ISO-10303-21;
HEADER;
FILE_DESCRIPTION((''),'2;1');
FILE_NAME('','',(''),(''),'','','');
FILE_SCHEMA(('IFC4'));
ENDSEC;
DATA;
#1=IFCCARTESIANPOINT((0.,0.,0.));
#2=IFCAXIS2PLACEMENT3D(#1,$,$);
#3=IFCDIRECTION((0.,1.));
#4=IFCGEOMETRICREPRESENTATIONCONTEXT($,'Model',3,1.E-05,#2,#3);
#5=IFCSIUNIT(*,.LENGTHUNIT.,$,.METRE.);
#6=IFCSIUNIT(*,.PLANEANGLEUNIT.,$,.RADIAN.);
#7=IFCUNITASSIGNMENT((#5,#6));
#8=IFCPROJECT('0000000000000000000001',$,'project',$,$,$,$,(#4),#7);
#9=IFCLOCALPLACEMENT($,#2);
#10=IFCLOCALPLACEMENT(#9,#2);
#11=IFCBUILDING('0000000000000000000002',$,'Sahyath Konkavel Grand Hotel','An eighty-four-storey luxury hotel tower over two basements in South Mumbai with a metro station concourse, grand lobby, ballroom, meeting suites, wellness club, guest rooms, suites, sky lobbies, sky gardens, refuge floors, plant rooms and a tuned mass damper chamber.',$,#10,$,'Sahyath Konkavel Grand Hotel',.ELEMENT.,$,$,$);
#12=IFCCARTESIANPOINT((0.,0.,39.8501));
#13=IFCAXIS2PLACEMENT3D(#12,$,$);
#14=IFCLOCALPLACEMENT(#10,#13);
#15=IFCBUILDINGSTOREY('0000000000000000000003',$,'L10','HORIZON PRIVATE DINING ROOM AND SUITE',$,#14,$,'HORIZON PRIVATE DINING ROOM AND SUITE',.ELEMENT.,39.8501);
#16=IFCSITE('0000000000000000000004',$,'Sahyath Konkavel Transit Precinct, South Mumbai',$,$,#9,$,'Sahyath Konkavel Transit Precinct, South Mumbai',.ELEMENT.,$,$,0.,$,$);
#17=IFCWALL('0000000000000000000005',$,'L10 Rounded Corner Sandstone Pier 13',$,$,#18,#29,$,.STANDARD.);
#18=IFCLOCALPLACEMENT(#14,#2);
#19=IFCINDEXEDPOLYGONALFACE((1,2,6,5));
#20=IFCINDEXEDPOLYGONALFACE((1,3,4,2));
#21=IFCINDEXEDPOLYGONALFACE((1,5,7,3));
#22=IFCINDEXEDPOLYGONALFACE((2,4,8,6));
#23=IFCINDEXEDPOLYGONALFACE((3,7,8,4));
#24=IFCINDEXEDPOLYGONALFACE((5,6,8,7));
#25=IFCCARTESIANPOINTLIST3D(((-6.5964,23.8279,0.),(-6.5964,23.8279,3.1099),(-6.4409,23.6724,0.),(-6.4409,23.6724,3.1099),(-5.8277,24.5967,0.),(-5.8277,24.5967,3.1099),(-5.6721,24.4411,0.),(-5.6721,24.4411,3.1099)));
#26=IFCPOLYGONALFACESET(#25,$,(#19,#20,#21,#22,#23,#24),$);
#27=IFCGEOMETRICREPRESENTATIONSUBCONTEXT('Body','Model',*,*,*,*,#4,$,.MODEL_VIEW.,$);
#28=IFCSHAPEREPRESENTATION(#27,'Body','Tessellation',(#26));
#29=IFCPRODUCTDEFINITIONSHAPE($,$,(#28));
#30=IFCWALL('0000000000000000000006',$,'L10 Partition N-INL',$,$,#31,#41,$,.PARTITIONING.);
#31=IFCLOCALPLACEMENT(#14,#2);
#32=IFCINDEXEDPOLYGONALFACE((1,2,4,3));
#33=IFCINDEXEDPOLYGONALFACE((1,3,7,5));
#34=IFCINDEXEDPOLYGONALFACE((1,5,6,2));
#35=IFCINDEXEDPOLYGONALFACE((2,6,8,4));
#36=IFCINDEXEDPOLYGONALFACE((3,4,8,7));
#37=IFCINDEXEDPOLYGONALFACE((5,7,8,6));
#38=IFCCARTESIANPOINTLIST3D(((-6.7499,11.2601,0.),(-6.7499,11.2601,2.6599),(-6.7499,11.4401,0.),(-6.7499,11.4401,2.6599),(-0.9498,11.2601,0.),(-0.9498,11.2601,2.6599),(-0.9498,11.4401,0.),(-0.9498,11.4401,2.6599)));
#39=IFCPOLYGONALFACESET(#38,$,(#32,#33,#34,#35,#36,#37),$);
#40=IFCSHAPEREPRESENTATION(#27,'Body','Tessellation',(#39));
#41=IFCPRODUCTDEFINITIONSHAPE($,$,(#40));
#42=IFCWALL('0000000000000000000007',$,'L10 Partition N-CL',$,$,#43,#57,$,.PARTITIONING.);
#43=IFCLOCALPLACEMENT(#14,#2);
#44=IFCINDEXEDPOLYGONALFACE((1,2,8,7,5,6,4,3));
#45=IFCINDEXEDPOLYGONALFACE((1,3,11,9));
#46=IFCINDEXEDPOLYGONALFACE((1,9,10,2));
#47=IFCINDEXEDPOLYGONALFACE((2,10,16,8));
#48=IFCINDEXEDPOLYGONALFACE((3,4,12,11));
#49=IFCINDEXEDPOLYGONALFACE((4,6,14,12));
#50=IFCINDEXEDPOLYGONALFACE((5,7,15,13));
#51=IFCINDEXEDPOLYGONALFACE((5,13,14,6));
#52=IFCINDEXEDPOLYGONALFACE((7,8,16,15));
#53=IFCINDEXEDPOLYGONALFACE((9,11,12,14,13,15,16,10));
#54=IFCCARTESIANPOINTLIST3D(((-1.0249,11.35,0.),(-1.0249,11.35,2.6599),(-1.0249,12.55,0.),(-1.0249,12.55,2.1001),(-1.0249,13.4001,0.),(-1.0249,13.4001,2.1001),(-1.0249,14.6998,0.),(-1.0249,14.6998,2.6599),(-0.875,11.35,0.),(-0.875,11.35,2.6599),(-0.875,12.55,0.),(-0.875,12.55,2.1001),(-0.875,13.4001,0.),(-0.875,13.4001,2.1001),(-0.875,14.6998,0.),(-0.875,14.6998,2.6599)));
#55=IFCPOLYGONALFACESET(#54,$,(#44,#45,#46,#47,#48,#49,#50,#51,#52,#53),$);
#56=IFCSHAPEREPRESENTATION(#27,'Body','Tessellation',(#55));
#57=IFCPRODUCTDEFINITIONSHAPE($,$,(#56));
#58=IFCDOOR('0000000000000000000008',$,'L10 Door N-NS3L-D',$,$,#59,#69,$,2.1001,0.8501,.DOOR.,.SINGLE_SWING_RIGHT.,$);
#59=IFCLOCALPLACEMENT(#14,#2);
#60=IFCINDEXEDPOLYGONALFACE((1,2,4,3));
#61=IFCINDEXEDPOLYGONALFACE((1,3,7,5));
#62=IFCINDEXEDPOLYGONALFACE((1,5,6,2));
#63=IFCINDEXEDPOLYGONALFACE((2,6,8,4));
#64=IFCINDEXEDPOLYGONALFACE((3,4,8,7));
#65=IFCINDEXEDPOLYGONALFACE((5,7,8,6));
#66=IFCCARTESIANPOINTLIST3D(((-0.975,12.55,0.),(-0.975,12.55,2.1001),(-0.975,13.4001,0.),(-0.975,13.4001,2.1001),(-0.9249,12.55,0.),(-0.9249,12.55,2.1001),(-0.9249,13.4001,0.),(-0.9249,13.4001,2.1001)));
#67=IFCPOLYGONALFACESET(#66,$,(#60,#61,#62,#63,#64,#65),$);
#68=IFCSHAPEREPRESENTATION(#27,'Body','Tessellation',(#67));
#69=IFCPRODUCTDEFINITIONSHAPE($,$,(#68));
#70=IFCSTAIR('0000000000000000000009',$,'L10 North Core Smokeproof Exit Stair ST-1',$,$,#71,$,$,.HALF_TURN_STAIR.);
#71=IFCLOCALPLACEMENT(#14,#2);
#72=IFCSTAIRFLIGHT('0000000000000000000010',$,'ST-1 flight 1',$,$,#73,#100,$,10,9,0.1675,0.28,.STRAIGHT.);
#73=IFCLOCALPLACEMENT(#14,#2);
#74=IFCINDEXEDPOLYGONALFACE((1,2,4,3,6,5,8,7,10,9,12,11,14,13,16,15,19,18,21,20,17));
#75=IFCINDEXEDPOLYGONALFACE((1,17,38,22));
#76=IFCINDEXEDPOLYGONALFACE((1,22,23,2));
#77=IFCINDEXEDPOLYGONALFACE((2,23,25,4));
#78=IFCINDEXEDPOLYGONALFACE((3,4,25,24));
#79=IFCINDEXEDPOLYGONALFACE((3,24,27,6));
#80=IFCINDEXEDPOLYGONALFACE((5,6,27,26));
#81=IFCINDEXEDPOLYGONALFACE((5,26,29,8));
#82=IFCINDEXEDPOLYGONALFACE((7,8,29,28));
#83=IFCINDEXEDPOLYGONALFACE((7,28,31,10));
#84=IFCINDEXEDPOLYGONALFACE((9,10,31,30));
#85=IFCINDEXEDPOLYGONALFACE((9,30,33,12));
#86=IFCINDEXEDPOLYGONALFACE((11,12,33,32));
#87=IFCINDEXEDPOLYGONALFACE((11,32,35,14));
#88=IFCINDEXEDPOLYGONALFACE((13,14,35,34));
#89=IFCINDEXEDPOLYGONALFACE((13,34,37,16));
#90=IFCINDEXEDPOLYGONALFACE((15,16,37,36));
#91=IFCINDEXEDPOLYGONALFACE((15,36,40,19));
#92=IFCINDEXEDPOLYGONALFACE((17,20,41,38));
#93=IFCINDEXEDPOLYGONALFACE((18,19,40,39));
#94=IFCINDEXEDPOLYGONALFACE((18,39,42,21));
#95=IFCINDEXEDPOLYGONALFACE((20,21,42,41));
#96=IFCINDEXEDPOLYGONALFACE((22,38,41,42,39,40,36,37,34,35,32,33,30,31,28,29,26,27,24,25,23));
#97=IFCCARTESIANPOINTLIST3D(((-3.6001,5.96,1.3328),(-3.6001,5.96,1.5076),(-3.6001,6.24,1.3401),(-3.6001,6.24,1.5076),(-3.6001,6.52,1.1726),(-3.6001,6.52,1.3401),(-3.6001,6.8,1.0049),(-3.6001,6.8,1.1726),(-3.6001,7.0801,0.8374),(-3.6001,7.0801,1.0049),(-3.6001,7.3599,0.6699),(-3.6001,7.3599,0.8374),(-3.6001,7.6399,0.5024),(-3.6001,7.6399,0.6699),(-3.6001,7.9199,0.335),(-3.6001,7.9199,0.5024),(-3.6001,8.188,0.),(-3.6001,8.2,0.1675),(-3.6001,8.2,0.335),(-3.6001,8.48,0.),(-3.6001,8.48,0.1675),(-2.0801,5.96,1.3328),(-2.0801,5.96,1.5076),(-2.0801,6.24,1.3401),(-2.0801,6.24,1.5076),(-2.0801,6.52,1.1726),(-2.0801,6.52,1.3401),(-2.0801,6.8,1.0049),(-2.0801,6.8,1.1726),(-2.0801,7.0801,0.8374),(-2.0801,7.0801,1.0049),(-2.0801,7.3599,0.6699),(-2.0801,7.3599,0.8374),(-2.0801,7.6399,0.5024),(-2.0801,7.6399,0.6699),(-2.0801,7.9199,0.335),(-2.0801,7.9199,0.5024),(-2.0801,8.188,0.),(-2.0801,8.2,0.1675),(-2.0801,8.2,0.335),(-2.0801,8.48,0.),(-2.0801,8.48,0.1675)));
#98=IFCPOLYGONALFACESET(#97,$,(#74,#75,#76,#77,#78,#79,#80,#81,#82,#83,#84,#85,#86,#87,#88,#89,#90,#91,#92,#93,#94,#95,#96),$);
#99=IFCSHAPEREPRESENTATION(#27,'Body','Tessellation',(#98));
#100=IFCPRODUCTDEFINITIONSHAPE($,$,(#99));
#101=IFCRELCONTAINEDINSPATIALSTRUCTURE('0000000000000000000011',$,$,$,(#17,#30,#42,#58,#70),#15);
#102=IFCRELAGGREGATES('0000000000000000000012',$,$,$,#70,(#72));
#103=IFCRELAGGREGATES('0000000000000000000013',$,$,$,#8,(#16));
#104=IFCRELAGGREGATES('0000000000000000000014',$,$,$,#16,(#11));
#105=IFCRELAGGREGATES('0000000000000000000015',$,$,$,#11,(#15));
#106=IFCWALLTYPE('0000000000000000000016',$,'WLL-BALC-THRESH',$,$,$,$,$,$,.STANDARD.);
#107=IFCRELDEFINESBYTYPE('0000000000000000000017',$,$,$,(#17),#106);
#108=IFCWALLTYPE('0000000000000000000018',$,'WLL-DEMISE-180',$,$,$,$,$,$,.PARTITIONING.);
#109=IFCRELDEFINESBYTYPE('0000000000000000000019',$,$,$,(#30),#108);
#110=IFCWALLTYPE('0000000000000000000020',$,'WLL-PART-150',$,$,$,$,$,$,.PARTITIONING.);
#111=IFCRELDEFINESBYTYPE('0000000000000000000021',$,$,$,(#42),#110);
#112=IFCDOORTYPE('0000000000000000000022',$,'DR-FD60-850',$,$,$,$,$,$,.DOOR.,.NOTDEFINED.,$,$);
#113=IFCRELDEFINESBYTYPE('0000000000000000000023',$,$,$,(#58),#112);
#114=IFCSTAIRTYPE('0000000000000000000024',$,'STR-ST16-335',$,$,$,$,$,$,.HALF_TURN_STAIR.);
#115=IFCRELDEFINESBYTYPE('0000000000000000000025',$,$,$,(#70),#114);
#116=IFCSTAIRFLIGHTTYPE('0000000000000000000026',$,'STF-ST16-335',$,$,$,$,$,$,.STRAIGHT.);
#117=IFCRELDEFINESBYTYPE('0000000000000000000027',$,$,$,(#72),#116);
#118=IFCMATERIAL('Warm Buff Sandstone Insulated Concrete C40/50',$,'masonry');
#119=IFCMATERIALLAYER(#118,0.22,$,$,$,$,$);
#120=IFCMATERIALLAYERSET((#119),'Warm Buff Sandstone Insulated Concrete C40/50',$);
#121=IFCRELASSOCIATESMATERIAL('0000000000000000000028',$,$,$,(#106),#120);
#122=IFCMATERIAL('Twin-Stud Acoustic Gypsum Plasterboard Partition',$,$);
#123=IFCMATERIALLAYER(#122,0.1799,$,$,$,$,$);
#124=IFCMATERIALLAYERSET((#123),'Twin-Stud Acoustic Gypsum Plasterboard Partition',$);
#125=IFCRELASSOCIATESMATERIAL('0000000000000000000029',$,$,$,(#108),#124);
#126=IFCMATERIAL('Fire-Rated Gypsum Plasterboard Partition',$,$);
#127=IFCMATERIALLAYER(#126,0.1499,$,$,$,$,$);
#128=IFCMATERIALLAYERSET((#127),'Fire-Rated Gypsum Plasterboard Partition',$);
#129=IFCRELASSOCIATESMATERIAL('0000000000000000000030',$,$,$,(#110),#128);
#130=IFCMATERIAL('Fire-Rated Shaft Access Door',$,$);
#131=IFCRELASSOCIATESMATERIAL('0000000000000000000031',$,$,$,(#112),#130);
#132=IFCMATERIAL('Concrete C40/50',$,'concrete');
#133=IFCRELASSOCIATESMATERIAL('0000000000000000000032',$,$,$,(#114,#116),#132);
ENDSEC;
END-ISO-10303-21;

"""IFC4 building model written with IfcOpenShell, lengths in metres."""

from ifc_helpers import new_model, si_unit, direction, frame, frame_2d, origin, origin_2d, place, context, subcontext, project, spatial, polyline, rectangle, outline, extrude, source, transform, mapped, material, layer, layer_set, type_object, element, fill, aggregate, save


model = new_model("IFC4")

# Units and contexts
model_context = context("Model", 3, precision=1e-05, world=origin(), true_north=direction((0.0, 1.0)))
body_context = subcontext(model_context, "Body", "Model", "MODEL_VIEW")
ifc_project = project(units=[si_unit("LENGTHUNIT", "METRE"), si_unit("PLANEANGLEUNIT", "RADIAN")], contexts=[model_context])

# Site, building, storey
site_placement = place(None, origin())
site = spatial("IfcSite", under=ifc_project, at=site_placement, Name="Sahyath Konkavel Transit Precinct, South Mumbai", LongName="Sahyath Konkavel Transit Precinct, South Mumbai", CompositionType="ELEMENT", RefElevation=0.0)
building_placement = place(site_placement, origin())
building = spatial("IfcBuilding", under=site, at=building_placement, Name="Sahyath Konkavel Grand Hotel", Description="An eighty-four-storey luxury hotel tower over two basements in South Mumbai with a metro station concourse, grand lobby, ballroom, meeting suites, wellness club, guest rooms, suites, sky lobbies, sky gardens, refuge floors, plant rooms and a tuned mass damper chamber.", LongName="Sahyath Konkavel Grand Hotel", CompositionType="ELEMENT")
storey_placement = place(building_placement, frame((0.0, 0.0, 39.8501)))
storey = spatial("IfcBuildingStorey", under=building, at=storey_placement, Name="L10", Description="HORIZON PRIVATE DINING ROOM AND SUITE", LongName="HORIZON PRIVATE DINING ROOM AND SUITE", CompositionType="ELEMENT", Elevation=39.8501)

# Walls
ifc_material_1 = material(Name="Warm Buff Sandstone Insulated Concrete C40/50", Category="masonry")
ifc_layer_1 = layer(ifc_material_1, 0.22)
ifc_layer_set_1 = layer_set([ifc_layer_1], Name="Warm Buff Sandstone Insulated Concrete C40/50")
wall_type_1 = type_object("IfcWallType", Name="WLL-BALC-THRESH", PredefinedType="STANDARD", material=ifc_layer_set_1)
wall_1_placement = place(storey_placement, frame((-5.75, 24.5188, 0.0), z_axis=(0.0, 0.0, 1.0), x_axis=(-0.707107, -0.707107, 0.0)))
element("IfcWall", 1, at=wall_1_placement, inside=storey, type_object=wall_type_1, Name="L10 Rounded Corner Sandstone Pier 13", PredefinedType="STANDARD", context=body_context, shape_type="SweptSolid", body=[
    extrude(rectangle(XDim=1.0872, YDim=0.22, at=frame_2d((0.5435, 0.0))), origin(), (0.0, 0.0, 1.0), 3.1099),
])
ifc_material_2 = material(Name="Twin-Stud Acoustic Gypsum Plasterboard Partition")
ifc_layer_2 = layer(ifc_material_2, 0.1799)
ifc_layer_set_2 = layer_set([ifc_layer_2], Name="Twin-Stud Acoustic Gypsum Plasterboard Partition")
wall_type_2 = type_object("IfcWallType", Name="WLL-DEMISE-180", PredefinedType="PARTITIONING", material=ifc_layer_set_2)
wall_2_placement = place(storey_placement, frame((-0.95, 11.3501, 0.0), z_axis=(0.0, 0.0, 1.0), x_axis=(-1.0, 0.0, 0.0)))
element("IfcWall", 2, at=wall_2_placement, inside=storey, type_object=wall_type_2, Name="L10 Partition N-INL", PredefinedType="PARTITIONING", context=body_context, shape_type="SweptSolid", body=[
    extrude(rectangle(XDim=5.8, YDim=0.1799, at=frame_2d((2.8999, 0.0))), origin(), (0.0, 0.0, 1.0), 2.6599),
])

# Wall, opening, door
ifc_material_3 = material(Name="Fire-Rated Gypsum Plasterboard Partition")
ifc_layer_3 = layer(ifc_material_3, 0.1499)
ifc_layer_set_3 = layer_set([ifc_layer_3], Name="Fire-Rated Gypsum Plasterboard Partition")
wall_type_3 = type_object("IfcWallType", Name="WLL-PART-150", PredefinedType="PARTITIONING", material=ifc_layer_set_3)
wall_3_placement = place(storey_placement, frame((-0.95, 11.3501, 0.0), z_axis=(0.0, 0.0, 1.0), x_axis=(0.0, 1.0, 0.0)))
wall_3 = element("IfcWall", 3, at=wall_3_placement, inside=storey, type_object=wall_type_3, Name="L10 Partition N-CL", PredefinedType="PARTITIONING", context=body_context, shape_type="SweptSolid", body=[
    extrude(rectangle(XDim=3.3499, YDim=0.1499, at=frame_2d((1.6748, 0.0))), origin(), (0.0, 0.0, 1.0), 2.6599),
])
opening_placement = place(wall_3_placement, frame((1.2, 0.0, 0.0)))
opening = element("IfcOpeningElement", 4, at=opening_placement, cuts=wall_3, PredefinedType="OPENING", context=body_context, shape_type="SweptSolid", body=[
    extrude(rectangle(XDim=0.8501, YDim=2.1001, at=frame_2d((0.425, 1.05))), frame((0.0, 0.085, 0.0), z_axis=(0.0, -1.0, 0.0), x_axis=(1.0, 0.0, 0.0)), (0.0, 0.0, 1.0), 0.1699),
])
ifc_material_4 = material(Name="Fire-Rated Shaft Access Door")
door_type = type_object("IfcDoorType", Name="DR-FD60-850", OperationType="NOTDEFINED", PredefinedType="DOOR", material=ifc_material_4)
shared_shape_1 = source(origin(), body_context, "Body", "SweptSolid", [
    extrude(rectangle(XDim=0.8501, YDim=0.05, at=origin_2d()), origin(), (0.0, 0.0, 1.0), 2.1001),
])
door_placement = place(opening_placement, frame((0.425, 0.0, 0.0)))
door = element("IfcDoor", 5, at=door_placement, inside=storey, type_object=door_type, Name="L10 Door N-NS3L-D", OperationType="SINGLE_SWING_RIGHT", OverallHeight=2.1001, OverallWidth=0.8501, PredefinedType="DOOR", context=body_context, shape_type="MappedRepresentation", body=[
    mapped(shared_shape_1, transform((0.0, 0.0, 0.0), scale=1.0)),
])
fill(opening, door)

# Stair, stair flight
ifc_material_5 = material(Name="Concrete C40/50", Category="concrete")
stair_type = type_object("IfcStairType", Name="STR-ST16-335", PredefinedType="HALF_TURN_STAIR", material=ifc_material_5)
stair_placement = place(storey_placement, origin())
stair = element("IfcStair", 6, at=stair_placement, inside=storey, type_object=stair_type, Name="L10 North Core Smokeproof Exit Stair ST-1", PredefinedType="HALF_TURN_STAIR")
stair_flight_type = type_object("IfcStairFlightType", Name="STF-ST16-335", PredefinedType="STRAIGHT", material=ifc_material_5)
stair_flight_placement = place(storey_placement, frame((-2.8401, 8.48, 0.0), z_axis=(0.0, 0.0, 1.0), x_axis=(0.0, -1.0, 0.0)))
stair_flight = element("IfcStairFlight", 7, at=stair_flight_placement, type_object=stair_flight_type, Name="ST-1 flight 1", NumberOfRisers=10, NumberOfTreads=9, PredefinedType="STRAIGHT", RiserHeight=0.1675, TreadLength=0.28, context=body_context, shape_type="SweptSolid", body=[
    extrude(outline(polyline([(0.0, 0.0), (0.0, 0.1675), (0.28, 0.1675), (0.28, 0.335), (0.5601, 0.335), (0.5601, 0.5024), (0.8401, 0.5024), (0.8401, 0.6699), (1.1201, 0.6699), (1.1201, 0.8374), (1.3999, 0.8374), (1.3999, 1.0049), (1.6799, 1.0049), (1.6799, 1.1726), (1.96, 1.1726), (1.96, 1.3401), (2.24, 1.3401), (2.24, 1.5076), (2.52, 1.5076), (2.52, 1.675), (2.52, 1.3328), (0.292, 0.0), (0.0, 0.0)])), frame((0.0, 0.76, 0.0), z_axis=(0.0, -1.0, 0.0), x_axis=(1.0, 0.0, 0.0)), (0.0, 0.0, 1.0), 1.52),
])
aggregate(stair, [stair_flight])

save(model, "model.ifc")
